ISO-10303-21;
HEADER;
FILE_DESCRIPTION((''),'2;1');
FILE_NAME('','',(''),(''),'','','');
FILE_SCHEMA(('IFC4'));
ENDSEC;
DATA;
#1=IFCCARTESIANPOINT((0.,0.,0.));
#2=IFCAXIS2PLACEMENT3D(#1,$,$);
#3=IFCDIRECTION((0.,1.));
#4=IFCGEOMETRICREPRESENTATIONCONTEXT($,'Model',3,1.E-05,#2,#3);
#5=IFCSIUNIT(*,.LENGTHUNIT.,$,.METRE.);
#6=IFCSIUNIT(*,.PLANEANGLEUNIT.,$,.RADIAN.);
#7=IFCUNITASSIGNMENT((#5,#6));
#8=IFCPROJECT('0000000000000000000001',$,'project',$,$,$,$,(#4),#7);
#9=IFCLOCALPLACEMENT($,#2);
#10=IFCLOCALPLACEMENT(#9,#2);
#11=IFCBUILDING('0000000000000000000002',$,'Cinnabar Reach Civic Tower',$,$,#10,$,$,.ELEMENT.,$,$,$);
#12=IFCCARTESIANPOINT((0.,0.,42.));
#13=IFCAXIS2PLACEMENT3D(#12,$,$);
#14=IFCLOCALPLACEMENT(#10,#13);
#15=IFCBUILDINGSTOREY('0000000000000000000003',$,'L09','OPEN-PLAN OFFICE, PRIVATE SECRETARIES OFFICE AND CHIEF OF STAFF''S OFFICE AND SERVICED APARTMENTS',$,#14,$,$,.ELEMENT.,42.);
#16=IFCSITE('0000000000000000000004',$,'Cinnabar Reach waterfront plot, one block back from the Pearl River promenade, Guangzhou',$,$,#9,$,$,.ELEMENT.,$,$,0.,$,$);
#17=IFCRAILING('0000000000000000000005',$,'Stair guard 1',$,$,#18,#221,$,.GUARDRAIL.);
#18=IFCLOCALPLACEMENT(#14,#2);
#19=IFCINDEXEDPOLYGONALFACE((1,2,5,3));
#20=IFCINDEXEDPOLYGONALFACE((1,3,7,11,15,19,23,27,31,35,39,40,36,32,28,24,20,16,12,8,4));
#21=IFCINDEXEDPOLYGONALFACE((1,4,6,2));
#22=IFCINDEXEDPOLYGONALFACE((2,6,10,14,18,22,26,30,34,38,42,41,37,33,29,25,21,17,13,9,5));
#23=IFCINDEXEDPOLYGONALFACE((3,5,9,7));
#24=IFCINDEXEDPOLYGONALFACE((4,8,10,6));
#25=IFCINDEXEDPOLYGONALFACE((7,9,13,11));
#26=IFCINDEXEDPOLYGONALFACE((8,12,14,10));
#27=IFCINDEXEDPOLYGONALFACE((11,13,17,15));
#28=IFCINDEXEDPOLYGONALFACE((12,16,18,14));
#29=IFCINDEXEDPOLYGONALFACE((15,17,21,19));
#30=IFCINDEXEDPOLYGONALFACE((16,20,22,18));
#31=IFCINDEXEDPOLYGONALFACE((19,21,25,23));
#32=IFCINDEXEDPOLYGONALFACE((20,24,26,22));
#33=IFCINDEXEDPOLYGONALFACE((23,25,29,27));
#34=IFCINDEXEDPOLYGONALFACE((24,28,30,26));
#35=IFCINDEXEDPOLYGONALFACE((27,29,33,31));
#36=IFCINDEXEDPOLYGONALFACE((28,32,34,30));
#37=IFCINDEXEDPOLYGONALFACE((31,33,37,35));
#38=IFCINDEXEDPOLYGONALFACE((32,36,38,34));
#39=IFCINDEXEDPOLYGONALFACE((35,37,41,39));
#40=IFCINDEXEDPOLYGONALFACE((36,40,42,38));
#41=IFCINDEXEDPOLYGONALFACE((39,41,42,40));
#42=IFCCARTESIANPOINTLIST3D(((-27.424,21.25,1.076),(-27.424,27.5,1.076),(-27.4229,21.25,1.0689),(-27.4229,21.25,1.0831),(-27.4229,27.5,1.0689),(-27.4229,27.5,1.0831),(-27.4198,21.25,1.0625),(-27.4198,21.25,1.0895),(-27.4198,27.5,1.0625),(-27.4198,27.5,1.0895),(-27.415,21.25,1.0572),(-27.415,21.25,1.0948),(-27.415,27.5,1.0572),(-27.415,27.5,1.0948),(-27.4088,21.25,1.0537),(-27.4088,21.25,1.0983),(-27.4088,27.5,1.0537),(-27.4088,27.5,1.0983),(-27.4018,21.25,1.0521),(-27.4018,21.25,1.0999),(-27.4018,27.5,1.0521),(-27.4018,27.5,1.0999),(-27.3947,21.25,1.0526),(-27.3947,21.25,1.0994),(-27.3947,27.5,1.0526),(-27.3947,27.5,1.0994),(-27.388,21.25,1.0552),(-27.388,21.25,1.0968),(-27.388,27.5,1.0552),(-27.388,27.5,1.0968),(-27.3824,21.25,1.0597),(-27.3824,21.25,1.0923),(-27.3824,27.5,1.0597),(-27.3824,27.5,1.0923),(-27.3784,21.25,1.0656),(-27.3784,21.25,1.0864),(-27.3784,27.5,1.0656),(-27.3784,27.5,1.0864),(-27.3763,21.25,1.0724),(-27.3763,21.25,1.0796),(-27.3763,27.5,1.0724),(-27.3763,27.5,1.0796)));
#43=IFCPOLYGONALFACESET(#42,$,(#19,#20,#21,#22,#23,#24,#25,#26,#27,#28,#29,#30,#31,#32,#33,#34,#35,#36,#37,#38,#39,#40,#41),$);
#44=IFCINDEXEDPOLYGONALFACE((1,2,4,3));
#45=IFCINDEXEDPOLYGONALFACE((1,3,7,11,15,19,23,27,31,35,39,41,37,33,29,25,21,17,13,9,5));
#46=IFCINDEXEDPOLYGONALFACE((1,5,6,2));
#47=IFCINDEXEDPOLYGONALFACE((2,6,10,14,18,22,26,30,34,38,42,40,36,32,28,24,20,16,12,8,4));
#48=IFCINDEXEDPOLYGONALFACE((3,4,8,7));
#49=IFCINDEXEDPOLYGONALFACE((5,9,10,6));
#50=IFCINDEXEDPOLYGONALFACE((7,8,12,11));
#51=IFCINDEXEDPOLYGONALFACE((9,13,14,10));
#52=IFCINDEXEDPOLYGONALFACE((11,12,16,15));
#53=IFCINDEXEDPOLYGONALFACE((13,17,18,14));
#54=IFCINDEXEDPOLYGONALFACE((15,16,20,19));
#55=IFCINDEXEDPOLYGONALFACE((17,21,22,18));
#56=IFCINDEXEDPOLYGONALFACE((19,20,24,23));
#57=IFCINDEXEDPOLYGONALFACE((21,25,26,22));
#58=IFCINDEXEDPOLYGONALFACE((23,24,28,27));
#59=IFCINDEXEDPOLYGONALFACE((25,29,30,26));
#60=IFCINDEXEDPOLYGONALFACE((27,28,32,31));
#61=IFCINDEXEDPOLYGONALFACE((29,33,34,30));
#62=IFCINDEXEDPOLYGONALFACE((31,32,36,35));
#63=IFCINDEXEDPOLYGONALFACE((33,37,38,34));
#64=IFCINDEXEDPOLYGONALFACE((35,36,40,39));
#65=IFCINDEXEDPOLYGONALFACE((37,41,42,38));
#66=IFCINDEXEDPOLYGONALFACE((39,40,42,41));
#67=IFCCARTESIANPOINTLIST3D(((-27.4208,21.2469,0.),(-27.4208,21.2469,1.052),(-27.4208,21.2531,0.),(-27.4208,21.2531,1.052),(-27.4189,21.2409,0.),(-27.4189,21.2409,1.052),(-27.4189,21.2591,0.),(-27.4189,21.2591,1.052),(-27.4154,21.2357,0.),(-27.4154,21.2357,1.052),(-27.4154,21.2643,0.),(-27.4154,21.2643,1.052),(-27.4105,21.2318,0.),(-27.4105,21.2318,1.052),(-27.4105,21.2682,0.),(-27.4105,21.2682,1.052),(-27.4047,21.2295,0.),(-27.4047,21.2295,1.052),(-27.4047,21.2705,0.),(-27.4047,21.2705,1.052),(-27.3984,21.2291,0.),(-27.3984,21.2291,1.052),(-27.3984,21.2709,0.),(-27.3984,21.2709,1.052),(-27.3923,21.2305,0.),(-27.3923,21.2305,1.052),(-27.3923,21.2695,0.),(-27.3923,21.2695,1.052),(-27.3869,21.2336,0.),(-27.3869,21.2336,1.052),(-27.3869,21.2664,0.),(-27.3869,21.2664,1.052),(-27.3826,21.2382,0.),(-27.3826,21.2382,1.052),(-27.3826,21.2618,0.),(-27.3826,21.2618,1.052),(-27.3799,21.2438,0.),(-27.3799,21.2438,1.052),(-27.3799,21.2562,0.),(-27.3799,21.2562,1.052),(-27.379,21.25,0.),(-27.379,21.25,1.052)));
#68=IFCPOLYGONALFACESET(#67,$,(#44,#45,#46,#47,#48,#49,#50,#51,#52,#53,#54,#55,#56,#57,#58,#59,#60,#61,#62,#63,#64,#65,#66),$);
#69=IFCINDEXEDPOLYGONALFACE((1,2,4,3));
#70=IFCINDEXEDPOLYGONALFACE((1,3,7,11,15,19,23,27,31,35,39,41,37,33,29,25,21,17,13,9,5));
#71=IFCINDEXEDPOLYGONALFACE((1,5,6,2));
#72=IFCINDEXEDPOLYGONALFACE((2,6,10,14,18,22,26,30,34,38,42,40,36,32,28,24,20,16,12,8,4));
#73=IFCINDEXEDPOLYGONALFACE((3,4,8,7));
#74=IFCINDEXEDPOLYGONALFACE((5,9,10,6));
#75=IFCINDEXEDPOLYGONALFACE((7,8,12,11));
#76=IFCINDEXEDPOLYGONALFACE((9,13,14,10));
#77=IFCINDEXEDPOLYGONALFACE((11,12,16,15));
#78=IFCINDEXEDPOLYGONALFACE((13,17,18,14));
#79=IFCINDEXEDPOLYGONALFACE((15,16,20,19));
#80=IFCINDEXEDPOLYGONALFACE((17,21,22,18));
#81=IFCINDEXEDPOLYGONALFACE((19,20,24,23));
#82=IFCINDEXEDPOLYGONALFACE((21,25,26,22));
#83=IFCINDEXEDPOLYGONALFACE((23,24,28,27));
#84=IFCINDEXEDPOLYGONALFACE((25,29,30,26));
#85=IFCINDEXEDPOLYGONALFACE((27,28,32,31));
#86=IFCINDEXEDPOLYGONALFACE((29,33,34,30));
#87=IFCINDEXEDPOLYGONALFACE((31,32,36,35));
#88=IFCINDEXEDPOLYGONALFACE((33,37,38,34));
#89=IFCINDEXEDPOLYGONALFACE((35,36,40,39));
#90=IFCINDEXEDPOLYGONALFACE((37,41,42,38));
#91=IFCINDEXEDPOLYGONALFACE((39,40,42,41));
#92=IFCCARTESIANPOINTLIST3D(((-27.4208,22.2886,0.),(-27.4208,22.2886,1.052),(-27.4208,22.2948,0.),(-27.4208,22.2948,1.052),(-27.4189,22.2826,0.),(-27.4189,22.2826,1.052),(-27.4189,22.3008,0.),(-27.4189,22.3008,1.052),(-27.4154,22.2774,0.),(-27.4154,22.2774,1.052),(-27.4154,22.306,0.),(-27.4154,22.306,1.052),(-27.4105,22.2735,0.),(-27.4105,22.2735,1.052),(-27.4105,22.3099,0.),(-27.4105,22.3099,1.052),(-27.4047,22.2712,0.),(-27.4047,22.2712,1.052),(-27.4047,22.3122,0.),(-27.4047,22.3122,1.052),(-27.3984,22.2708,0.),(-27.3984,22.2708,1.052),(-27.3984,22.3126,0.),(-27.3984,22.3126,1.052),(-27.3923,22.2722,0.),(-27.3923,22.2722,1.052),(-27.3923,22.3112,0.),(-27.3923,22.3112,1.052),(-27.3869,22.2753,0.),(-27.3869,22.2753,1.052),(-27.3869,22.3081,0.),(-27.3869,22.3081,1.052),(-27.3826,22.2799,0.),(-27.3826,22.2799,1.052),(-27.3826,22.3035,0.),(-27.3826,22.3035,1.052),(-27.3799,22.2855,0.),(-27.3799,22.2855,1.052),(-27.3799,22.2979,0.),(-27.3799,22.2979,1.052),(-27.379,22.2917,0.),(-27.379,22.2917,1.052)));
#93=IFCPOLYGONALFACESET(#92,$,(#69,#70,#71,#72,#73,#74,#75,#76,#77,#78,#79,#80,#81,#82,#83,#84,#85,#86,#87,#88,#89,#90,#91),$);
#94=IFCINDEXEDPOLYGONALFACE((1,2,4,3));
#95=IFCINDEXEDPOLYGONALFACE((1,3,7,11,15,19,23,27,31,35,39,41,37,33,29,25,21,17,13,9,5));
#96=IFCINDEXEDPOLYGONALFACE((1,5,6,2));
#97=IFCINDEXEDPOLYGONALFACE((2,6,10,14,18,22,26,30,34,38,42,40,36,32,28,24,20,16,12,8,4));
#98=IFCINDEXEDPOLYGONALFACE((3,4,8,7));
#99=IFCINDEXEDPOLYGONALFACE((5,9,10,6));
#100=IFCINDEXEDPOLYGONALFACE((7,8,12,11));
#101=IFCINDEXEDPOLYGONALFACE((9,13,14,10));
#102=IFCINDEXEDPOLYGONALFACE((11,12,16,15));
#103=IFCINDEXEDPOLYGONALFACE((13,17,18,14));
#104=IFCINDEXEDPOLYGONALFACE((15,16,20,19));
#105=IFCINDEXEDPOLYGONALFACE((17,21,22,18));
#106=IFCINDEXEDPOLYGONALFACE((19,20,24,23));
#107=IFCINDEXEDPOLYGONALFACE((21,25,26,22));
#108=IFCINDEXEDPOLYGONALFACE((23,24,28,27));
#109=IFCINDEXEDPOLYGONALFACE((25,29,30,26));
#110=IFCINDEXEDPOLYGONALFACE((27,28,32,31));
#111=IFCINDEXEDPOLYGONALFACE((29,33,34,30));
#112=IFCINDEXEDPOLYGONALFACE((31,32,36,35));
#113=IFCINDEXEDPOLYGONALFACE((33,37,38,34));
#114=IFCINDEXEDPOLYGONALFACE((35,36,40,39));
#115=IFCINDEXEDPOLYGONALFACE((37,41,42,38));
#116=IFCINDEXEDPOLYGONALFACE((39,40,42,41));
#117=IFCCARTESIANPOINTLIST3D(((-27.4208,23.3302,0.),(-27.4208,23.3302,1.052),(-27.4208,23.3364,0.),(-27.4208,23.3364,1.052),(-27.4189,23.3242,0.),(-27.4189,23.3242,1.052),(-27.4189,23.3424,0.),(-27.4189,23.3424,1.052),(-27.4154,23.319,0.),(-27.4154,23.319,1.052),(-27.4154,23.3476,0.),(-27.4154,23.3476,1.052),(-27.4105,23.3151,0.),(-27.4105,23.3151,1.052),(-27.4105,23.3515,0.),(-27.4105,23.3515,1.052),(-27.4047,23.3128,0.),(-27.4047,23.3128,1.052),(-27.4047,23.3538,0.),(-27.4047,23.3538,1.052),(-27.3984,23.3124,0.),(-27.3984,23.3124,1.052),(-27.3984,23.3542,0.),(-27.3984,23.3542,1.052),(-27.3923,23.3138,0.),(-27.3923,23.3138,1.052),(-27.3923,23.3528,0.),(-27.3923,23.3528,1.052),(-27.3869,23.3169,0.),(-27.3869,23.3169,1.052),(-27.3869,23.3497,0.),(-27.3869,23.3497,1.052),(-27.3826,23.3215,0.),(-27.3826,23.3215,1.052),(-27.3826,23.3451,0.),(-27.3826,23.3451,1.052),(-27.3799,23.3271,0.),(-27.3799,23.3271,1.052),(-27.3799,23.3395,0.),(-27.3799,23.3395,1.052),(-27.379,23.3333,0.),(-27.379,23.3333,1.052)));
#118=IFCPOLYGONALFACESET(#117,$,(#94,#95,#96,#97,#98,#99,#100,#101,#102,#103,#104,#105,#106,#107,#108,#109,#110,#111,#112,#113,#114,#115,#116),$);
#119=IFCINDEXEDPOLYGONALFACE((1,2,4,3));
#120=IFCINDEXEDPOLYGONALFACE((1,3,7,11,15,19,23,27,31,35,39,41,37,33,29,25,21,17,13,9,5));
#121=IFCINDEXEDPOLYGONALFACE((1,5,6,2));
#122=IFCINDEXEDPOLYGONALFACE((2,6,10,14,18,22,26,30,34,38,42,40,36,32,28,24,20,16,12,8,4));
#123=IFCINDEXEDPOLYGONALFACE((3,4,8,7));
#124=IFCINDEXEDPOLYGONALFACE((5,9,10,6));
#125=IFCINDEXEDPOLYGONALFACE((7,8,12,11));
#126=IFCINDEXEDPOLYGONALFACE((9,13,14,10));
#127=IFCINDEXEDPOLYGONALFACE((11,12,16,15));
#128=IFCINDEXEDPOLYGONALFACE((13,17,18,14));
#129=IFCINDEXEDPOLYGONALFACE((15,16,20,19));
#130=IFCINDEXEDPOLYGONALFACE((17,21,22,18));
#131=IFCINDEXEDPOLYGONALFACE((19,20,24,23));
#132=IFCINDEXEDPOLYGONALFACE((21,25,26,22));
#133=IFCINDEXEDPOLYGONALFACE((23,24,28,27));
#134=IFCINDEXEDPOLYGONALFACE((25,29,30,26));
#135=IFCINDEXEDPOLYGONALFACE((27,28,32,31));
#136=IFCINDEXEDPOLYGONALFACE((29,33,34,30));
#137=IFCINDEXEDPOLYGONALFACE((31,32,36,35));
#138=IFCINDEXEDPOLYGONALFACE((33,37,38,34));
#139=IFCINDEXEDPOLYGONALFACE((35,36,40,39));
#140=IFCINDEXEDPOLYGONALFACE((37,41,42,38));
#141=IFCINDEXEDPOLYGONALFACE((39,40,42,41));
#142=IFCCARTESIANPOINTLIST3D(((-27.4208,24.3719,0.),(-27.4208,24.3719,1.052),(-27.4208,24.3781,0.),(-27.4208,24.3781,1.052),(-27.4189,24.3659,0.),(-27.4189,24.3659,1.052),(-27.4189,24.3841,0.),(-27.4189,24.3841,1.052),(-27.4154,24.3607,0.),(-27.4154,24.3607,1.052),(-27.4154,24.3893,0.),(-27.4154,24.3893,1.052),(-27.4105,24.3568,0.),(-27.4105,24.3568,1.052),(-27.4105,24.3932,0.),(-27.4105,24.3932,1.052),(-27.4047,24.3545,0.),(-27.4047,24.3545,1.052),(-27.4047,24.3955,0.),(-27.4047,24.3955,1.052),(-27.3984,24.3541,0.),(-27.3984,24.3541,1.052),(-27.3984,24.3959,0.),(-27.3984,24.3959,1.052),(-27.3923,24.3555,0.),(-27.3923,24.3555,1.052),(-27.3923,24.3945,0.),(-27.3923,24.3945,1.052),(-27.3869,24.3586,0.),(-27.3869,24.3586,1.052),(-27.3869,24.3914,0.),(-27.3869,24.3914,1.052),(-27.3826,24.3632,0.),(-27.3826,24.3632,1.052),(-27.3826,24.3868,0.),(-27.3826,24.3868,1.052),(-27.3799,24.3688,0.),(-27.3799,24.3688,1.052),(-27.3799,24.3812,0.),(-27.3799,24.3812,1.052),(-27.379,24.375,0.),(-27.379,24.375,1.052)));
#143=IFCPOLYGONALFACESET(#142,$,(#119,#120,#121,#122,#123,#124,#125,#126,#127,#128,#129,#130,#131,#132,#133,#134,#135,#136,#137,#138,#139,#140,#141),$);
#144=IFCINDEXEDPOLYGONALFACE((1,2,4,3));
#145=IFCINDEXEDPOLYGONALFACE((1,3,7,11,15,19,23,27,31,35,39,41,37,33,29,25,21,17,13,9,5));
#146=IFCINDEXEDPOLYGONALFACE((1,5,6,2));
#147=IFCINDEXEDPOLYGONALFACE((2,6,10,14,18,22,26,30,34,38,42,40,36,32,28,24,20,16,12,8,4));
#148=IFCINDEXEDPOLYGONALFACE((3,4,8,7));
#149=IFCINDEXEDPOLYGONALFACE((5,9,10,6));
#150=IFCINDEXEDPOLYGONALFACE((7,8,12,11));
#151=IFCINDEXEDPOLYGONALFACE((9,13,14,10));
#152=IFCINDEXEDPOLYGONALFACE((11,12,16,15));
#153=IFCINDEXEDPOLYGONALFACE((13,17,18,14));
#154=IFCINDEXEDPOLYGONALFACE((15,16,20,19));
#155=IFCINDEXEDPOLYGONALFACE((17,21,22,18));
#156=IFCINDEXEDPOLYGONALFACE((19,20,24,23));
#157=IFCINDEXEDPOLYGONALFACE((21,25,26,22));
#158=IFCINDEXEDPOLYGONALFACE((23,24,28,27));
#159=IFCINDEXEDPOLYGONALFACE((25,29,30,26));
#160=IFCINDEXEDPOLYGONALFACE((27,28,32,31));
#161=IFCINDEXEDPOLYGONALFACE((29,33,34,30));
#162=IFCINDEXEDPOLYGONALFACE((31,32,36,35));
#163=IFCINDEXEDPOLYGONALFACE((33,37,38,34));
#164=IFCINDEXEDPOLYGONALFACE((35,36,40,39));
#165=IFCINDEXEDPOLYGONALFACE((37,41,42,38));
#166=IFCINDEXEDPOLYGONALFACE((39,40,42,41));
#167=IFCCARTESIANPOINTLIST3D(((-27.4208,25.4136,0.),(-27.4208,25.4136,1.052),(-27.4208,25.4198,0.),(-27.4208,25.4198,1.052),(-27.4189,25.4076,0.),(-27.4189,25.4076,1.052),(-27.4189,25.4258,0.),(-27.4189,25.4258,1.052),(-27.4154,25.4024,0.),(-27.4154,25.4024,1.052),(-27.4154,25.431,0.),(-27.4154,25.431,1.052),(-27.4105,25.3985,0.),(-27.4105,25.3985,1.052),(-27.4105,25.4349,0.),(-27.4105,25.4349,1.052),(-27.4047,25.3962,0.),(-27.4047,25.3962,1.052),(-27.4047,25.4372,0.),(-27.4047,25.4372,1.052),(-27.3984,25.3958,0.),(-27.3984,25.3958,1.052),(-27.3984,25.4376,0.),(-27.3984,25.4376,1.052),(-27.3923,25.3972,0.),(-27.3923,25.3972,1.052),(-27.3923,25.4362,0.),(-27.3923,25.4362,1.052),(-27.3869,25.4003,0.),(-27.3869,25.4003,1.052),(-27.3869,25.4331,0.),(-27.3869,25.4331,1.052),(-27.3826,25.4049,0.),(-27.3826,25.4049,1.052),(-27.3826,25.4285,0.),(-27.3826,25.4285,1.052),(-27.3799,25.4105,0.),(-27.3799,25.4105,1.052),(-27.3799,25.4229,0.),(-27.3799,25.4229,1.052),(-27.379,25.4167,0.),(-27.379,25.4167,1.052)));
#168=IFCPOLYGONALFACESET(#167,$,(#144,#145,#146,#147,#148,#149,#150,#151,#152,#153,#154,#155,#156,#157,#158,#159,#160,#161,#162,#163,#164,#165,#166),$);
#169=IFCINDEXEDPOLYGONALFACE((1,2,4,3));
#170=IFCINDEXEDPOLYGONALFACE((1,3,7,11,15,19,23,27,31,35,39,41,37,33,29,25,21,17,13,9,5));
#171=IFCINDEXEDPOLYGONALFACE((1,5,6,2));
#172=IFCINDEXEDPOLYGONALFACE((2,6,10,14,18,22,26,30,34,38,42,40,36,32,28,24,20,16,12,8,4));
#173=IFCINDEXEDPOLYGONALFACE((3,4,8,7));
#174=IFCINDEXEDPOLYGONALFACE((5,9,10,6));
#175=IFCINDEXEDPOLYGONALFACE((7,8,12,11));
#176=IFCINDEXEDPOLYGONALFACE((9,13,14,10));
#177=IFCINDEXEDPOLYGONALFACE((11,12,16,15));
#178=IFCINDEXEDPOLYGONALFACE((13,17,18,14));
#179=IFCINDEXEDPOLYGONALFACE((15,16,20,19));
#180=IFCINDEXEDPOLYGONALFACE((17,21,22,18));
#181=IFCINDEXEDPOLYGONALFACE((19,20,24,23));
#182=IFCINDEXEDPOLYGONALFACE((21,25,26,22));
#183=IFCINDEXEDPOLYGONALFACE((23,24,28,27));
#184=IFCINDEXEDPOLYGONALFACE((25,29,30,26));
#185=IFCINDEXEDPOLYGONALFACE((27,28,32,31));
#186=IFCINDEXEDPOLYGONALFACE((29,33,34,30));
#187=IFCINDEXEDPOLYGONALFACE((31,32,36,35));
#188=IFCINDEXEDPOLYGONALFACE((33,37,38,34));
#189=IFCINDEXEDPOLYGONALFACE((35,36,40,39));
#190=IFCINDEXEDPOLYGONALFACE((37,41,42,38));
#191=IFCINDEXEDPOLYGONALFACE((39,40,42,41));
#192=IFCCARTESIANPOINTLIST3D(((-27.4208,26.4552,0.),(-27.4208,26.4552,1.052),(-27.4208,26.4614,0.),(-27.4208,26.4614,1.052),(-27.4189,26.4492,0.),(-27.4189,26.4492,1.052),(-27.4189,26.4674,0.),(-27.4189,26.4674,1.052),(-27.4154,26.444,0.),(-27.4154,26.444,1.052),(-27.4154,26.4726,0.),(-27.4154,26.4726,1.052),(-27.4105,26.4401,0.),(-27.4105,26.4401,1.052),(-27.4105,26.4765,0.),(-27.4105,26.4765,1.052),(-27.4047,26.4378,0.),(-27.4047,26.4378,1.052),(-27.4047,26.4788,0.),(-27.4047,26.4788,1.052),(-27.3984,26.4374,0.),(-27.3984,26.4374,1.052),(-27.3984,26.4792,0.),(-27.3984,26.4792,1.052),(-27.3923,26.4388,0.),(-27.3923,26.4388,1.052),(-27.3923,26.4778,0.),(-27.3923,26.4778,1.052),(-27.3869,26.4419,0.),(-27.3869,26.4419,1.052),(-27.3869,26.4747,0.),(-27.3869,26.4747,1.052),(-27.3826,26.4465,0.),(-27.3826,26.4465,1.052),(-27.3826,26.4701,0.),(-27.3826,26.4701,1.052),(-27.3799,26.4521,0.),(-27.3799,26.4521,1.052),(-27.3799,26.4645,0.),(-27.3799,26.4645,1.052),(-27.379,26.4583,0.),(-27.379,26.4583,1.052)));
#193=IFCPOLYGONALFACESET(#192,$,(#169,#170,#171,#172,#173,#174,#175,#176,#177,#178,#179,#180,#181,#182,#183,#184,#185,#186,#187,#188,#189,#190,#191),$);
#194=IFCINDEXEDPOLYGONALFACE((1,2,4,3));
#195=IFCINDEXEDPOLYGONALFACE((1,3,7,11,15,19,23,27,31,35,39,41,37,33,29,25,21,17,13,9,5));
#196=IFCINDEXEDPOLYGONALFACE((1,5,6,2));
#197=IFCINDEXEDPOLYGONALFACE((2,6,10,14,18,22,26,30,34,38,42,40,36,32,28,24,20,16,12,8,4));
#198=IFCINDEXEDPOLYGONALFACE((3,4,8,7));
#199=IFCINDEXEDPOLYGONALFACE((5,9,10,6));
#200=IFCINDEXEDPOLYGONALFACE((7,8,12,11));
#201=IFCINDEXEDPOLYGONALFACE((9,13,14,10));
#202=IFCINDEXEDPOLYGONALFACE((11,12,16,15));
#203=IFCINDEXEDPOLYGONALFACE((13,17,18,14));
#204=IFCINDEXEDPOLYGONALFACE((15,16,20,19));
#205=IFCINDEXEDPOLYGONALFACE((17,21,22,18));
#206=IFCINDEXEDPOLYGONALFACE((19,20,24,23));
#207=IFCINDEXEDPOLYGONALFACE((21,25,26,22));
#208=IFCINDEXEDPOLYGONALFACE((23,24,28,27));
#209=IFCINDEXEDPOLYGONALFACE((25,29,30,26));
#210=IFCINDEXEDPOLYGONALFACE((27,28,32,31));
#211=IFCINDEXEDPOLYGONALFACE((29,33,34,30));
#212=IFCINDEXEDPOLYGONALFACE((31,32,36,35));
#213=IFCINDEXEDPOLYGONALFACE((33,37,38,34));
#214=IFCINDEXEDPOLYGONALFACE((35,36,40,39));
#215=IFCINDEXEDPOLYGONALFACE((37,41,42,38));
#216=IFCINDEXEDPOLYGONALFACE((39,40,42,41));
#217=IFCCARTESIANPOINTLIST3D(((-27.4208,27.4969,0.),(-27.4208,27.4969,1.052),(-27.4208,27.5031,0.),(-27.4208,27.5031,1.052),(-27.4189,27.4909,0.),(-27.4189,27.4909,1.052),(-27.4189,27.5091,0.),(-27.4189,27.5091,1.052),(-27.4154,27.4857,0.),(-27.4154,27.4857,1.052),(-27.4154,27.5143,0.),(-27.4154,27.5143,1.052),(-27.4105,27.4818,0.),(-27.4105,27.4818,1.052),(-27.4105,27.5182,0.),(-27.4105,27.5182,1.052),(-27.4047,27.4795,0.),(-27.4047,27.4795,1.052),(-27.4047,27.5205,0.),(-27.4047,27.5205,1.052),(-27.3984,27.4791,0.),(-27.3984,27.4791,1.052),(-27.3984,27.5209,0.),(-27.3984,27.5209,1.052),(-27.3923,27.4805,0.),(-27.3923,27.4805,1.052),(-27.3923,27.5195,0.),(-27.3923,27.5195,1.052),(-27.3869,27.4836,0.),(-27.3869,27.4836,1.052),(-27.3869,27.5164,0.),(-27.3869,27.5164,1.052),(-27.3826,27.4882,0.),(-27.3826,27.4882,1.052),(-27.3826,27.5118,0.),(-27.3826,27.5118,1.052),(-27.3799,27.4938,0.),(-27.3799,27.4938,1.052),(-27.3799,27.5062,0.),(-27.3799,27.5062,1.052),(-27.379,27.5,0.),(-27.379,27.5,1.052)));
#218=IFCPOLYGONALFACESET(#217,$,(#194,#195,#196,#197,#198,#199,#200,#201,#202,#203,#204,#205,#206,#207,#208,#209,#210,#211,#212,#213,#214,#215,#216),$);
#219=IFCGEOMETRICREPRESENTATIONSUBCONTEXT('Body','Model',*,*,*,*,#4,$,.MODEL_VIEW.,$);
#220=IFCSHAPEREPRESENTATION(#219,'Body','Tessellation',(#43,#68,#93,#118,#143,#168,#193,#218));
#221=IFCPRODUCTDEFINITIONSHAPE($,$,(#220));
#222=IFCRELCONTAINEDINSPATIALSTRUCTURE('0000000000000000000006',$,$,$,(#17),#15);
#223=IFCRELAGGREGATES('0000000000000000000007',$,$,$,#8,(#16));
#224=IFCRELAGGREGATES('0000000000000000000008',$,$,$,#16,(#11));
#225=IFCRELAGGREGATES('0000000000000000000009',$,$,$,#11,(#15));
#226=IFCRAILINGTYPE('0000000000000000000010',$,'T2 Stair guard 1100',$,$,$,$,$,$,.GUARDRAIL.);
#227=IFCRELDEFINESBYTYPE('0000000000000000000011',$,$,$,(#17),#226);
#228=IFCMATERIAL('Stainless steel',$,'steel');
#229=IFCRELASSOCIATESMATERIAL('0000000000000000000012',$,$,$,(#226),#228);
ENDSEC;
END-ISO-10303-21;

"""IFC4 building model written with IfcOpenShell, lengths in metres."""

from ifc_helpers import new_model, si_unit, direction, frame, origin, origin_2d, place, context, subcontext, project, spatial, circle, extrude, material, type_object, element, save


model = new_model("IFC4")

# Units and contexts
model_context = context("Model", 3, precision=1e-05, world=origin(), true_north=direction((0.0, 1.0)))
body_context = subcontext(model_context, "Body", "Model", "MODEL_VIEW")
ifc_project = project(units=[si_unit("LENGTHUNIT", "METRE"), si_unit("PLANEANGLEUNIT", "RADIAN")], contexts=[model_context])

# Site, building, storey
site_placement = place(None, origin())
site = spatial("IfcSite", under=ifc_project, at=site_placement, Name="Cinnabar Reach waterfront plot, one block back from the Pearl River promenade, Guangzhou", CompositionType="ELEMENT", RefElevation=0.0)
building_placement = place(site_placement, origin())
building = spatial("IfcBuilding", under=site, at=building_placement, Name="Cinnabar Reach Civic Tower", CompositionType="ELEMENT")
storey_placement = place(building_placement, frame((0.0, 0.0, 42.0)))
storey = spatial("IfcBuildingStorey", under=building, at=storey_placement, Name="L09", Description="OPEN-PLAN OFFICE, PRIVATE SECRETARIES OFFICE AND CHIEF OF STAFF'S OFFICE AND SERVICED APARTMENTS", CompositionType="ELEMENT", Elevation=42.0)

# Railing
ifc_material_1 = material(Name="Stainless steel", Category="steel")
railing_type = type_object("IfcRailingType", Name="T2 Stair guard 1100", PredefinedType="GUARDRAIL", material=ifc_material_1)
for number, where, name in (
    (1, (-27.4, 21.25, 0.0), "Stair guard 1"),
):
    element("IfcRailing", number, at=place(storey_placement, frame(where)), inside=storey, type_object=railing_type, Name=name, PredefinedType="GUARDRAIL", context=body_context, shape_type="SweptSolid", body=[
        extrude(circle(Radius=0.024, at=origin_2d()), frame((0.0, 0.0, 1.076), z_axis=(0.0, 1.0, 0.0), x_axis=(-1.0, 0.0, 0.0)), (0.0, 0.0, 1.0), 6.25),
        extrude(circle(Radius=0.021, at=origin_2d()), origin(), (0.0, 0.0, 1.0), 1.052),
        extrude(circle(Radius=0.021, at=origin_2d()), frame((0.0, 1.0417, 0.0)), (0.0, 0.0, 1.0), 1.052),
        extrude(circle(Radius=0.021, at=origin_2d()), frame((0.0, 2.0833, 0.0)), (0.0, 0.0, 1.0), 1.052),
        extrude(circle(Radius=0.021, at=origin_2d()), frame((0.0, 3.125, 0.0)), (0.0, 0.0, 1.0), 1.052),
        extrude(circle(Radius=0.021, at=origin_2d()), frame((0.0, 4.1667, 0.0)), (0.0, 0.0, 1.0), 1.052),
        extrude(circle(Radius=0.021, at=origin_2d()), frame((0.0, 5.2083, 0.0)), (0.0, 0.0, 1.0), 1.052),
        extrude(circle(Radius=0.021, at=origin_2d()), frame((0.0, 6.25, 0.0)), (0.0, 0.0, 1.0), 1.052),
    ])

save(model, "model.ifc")
